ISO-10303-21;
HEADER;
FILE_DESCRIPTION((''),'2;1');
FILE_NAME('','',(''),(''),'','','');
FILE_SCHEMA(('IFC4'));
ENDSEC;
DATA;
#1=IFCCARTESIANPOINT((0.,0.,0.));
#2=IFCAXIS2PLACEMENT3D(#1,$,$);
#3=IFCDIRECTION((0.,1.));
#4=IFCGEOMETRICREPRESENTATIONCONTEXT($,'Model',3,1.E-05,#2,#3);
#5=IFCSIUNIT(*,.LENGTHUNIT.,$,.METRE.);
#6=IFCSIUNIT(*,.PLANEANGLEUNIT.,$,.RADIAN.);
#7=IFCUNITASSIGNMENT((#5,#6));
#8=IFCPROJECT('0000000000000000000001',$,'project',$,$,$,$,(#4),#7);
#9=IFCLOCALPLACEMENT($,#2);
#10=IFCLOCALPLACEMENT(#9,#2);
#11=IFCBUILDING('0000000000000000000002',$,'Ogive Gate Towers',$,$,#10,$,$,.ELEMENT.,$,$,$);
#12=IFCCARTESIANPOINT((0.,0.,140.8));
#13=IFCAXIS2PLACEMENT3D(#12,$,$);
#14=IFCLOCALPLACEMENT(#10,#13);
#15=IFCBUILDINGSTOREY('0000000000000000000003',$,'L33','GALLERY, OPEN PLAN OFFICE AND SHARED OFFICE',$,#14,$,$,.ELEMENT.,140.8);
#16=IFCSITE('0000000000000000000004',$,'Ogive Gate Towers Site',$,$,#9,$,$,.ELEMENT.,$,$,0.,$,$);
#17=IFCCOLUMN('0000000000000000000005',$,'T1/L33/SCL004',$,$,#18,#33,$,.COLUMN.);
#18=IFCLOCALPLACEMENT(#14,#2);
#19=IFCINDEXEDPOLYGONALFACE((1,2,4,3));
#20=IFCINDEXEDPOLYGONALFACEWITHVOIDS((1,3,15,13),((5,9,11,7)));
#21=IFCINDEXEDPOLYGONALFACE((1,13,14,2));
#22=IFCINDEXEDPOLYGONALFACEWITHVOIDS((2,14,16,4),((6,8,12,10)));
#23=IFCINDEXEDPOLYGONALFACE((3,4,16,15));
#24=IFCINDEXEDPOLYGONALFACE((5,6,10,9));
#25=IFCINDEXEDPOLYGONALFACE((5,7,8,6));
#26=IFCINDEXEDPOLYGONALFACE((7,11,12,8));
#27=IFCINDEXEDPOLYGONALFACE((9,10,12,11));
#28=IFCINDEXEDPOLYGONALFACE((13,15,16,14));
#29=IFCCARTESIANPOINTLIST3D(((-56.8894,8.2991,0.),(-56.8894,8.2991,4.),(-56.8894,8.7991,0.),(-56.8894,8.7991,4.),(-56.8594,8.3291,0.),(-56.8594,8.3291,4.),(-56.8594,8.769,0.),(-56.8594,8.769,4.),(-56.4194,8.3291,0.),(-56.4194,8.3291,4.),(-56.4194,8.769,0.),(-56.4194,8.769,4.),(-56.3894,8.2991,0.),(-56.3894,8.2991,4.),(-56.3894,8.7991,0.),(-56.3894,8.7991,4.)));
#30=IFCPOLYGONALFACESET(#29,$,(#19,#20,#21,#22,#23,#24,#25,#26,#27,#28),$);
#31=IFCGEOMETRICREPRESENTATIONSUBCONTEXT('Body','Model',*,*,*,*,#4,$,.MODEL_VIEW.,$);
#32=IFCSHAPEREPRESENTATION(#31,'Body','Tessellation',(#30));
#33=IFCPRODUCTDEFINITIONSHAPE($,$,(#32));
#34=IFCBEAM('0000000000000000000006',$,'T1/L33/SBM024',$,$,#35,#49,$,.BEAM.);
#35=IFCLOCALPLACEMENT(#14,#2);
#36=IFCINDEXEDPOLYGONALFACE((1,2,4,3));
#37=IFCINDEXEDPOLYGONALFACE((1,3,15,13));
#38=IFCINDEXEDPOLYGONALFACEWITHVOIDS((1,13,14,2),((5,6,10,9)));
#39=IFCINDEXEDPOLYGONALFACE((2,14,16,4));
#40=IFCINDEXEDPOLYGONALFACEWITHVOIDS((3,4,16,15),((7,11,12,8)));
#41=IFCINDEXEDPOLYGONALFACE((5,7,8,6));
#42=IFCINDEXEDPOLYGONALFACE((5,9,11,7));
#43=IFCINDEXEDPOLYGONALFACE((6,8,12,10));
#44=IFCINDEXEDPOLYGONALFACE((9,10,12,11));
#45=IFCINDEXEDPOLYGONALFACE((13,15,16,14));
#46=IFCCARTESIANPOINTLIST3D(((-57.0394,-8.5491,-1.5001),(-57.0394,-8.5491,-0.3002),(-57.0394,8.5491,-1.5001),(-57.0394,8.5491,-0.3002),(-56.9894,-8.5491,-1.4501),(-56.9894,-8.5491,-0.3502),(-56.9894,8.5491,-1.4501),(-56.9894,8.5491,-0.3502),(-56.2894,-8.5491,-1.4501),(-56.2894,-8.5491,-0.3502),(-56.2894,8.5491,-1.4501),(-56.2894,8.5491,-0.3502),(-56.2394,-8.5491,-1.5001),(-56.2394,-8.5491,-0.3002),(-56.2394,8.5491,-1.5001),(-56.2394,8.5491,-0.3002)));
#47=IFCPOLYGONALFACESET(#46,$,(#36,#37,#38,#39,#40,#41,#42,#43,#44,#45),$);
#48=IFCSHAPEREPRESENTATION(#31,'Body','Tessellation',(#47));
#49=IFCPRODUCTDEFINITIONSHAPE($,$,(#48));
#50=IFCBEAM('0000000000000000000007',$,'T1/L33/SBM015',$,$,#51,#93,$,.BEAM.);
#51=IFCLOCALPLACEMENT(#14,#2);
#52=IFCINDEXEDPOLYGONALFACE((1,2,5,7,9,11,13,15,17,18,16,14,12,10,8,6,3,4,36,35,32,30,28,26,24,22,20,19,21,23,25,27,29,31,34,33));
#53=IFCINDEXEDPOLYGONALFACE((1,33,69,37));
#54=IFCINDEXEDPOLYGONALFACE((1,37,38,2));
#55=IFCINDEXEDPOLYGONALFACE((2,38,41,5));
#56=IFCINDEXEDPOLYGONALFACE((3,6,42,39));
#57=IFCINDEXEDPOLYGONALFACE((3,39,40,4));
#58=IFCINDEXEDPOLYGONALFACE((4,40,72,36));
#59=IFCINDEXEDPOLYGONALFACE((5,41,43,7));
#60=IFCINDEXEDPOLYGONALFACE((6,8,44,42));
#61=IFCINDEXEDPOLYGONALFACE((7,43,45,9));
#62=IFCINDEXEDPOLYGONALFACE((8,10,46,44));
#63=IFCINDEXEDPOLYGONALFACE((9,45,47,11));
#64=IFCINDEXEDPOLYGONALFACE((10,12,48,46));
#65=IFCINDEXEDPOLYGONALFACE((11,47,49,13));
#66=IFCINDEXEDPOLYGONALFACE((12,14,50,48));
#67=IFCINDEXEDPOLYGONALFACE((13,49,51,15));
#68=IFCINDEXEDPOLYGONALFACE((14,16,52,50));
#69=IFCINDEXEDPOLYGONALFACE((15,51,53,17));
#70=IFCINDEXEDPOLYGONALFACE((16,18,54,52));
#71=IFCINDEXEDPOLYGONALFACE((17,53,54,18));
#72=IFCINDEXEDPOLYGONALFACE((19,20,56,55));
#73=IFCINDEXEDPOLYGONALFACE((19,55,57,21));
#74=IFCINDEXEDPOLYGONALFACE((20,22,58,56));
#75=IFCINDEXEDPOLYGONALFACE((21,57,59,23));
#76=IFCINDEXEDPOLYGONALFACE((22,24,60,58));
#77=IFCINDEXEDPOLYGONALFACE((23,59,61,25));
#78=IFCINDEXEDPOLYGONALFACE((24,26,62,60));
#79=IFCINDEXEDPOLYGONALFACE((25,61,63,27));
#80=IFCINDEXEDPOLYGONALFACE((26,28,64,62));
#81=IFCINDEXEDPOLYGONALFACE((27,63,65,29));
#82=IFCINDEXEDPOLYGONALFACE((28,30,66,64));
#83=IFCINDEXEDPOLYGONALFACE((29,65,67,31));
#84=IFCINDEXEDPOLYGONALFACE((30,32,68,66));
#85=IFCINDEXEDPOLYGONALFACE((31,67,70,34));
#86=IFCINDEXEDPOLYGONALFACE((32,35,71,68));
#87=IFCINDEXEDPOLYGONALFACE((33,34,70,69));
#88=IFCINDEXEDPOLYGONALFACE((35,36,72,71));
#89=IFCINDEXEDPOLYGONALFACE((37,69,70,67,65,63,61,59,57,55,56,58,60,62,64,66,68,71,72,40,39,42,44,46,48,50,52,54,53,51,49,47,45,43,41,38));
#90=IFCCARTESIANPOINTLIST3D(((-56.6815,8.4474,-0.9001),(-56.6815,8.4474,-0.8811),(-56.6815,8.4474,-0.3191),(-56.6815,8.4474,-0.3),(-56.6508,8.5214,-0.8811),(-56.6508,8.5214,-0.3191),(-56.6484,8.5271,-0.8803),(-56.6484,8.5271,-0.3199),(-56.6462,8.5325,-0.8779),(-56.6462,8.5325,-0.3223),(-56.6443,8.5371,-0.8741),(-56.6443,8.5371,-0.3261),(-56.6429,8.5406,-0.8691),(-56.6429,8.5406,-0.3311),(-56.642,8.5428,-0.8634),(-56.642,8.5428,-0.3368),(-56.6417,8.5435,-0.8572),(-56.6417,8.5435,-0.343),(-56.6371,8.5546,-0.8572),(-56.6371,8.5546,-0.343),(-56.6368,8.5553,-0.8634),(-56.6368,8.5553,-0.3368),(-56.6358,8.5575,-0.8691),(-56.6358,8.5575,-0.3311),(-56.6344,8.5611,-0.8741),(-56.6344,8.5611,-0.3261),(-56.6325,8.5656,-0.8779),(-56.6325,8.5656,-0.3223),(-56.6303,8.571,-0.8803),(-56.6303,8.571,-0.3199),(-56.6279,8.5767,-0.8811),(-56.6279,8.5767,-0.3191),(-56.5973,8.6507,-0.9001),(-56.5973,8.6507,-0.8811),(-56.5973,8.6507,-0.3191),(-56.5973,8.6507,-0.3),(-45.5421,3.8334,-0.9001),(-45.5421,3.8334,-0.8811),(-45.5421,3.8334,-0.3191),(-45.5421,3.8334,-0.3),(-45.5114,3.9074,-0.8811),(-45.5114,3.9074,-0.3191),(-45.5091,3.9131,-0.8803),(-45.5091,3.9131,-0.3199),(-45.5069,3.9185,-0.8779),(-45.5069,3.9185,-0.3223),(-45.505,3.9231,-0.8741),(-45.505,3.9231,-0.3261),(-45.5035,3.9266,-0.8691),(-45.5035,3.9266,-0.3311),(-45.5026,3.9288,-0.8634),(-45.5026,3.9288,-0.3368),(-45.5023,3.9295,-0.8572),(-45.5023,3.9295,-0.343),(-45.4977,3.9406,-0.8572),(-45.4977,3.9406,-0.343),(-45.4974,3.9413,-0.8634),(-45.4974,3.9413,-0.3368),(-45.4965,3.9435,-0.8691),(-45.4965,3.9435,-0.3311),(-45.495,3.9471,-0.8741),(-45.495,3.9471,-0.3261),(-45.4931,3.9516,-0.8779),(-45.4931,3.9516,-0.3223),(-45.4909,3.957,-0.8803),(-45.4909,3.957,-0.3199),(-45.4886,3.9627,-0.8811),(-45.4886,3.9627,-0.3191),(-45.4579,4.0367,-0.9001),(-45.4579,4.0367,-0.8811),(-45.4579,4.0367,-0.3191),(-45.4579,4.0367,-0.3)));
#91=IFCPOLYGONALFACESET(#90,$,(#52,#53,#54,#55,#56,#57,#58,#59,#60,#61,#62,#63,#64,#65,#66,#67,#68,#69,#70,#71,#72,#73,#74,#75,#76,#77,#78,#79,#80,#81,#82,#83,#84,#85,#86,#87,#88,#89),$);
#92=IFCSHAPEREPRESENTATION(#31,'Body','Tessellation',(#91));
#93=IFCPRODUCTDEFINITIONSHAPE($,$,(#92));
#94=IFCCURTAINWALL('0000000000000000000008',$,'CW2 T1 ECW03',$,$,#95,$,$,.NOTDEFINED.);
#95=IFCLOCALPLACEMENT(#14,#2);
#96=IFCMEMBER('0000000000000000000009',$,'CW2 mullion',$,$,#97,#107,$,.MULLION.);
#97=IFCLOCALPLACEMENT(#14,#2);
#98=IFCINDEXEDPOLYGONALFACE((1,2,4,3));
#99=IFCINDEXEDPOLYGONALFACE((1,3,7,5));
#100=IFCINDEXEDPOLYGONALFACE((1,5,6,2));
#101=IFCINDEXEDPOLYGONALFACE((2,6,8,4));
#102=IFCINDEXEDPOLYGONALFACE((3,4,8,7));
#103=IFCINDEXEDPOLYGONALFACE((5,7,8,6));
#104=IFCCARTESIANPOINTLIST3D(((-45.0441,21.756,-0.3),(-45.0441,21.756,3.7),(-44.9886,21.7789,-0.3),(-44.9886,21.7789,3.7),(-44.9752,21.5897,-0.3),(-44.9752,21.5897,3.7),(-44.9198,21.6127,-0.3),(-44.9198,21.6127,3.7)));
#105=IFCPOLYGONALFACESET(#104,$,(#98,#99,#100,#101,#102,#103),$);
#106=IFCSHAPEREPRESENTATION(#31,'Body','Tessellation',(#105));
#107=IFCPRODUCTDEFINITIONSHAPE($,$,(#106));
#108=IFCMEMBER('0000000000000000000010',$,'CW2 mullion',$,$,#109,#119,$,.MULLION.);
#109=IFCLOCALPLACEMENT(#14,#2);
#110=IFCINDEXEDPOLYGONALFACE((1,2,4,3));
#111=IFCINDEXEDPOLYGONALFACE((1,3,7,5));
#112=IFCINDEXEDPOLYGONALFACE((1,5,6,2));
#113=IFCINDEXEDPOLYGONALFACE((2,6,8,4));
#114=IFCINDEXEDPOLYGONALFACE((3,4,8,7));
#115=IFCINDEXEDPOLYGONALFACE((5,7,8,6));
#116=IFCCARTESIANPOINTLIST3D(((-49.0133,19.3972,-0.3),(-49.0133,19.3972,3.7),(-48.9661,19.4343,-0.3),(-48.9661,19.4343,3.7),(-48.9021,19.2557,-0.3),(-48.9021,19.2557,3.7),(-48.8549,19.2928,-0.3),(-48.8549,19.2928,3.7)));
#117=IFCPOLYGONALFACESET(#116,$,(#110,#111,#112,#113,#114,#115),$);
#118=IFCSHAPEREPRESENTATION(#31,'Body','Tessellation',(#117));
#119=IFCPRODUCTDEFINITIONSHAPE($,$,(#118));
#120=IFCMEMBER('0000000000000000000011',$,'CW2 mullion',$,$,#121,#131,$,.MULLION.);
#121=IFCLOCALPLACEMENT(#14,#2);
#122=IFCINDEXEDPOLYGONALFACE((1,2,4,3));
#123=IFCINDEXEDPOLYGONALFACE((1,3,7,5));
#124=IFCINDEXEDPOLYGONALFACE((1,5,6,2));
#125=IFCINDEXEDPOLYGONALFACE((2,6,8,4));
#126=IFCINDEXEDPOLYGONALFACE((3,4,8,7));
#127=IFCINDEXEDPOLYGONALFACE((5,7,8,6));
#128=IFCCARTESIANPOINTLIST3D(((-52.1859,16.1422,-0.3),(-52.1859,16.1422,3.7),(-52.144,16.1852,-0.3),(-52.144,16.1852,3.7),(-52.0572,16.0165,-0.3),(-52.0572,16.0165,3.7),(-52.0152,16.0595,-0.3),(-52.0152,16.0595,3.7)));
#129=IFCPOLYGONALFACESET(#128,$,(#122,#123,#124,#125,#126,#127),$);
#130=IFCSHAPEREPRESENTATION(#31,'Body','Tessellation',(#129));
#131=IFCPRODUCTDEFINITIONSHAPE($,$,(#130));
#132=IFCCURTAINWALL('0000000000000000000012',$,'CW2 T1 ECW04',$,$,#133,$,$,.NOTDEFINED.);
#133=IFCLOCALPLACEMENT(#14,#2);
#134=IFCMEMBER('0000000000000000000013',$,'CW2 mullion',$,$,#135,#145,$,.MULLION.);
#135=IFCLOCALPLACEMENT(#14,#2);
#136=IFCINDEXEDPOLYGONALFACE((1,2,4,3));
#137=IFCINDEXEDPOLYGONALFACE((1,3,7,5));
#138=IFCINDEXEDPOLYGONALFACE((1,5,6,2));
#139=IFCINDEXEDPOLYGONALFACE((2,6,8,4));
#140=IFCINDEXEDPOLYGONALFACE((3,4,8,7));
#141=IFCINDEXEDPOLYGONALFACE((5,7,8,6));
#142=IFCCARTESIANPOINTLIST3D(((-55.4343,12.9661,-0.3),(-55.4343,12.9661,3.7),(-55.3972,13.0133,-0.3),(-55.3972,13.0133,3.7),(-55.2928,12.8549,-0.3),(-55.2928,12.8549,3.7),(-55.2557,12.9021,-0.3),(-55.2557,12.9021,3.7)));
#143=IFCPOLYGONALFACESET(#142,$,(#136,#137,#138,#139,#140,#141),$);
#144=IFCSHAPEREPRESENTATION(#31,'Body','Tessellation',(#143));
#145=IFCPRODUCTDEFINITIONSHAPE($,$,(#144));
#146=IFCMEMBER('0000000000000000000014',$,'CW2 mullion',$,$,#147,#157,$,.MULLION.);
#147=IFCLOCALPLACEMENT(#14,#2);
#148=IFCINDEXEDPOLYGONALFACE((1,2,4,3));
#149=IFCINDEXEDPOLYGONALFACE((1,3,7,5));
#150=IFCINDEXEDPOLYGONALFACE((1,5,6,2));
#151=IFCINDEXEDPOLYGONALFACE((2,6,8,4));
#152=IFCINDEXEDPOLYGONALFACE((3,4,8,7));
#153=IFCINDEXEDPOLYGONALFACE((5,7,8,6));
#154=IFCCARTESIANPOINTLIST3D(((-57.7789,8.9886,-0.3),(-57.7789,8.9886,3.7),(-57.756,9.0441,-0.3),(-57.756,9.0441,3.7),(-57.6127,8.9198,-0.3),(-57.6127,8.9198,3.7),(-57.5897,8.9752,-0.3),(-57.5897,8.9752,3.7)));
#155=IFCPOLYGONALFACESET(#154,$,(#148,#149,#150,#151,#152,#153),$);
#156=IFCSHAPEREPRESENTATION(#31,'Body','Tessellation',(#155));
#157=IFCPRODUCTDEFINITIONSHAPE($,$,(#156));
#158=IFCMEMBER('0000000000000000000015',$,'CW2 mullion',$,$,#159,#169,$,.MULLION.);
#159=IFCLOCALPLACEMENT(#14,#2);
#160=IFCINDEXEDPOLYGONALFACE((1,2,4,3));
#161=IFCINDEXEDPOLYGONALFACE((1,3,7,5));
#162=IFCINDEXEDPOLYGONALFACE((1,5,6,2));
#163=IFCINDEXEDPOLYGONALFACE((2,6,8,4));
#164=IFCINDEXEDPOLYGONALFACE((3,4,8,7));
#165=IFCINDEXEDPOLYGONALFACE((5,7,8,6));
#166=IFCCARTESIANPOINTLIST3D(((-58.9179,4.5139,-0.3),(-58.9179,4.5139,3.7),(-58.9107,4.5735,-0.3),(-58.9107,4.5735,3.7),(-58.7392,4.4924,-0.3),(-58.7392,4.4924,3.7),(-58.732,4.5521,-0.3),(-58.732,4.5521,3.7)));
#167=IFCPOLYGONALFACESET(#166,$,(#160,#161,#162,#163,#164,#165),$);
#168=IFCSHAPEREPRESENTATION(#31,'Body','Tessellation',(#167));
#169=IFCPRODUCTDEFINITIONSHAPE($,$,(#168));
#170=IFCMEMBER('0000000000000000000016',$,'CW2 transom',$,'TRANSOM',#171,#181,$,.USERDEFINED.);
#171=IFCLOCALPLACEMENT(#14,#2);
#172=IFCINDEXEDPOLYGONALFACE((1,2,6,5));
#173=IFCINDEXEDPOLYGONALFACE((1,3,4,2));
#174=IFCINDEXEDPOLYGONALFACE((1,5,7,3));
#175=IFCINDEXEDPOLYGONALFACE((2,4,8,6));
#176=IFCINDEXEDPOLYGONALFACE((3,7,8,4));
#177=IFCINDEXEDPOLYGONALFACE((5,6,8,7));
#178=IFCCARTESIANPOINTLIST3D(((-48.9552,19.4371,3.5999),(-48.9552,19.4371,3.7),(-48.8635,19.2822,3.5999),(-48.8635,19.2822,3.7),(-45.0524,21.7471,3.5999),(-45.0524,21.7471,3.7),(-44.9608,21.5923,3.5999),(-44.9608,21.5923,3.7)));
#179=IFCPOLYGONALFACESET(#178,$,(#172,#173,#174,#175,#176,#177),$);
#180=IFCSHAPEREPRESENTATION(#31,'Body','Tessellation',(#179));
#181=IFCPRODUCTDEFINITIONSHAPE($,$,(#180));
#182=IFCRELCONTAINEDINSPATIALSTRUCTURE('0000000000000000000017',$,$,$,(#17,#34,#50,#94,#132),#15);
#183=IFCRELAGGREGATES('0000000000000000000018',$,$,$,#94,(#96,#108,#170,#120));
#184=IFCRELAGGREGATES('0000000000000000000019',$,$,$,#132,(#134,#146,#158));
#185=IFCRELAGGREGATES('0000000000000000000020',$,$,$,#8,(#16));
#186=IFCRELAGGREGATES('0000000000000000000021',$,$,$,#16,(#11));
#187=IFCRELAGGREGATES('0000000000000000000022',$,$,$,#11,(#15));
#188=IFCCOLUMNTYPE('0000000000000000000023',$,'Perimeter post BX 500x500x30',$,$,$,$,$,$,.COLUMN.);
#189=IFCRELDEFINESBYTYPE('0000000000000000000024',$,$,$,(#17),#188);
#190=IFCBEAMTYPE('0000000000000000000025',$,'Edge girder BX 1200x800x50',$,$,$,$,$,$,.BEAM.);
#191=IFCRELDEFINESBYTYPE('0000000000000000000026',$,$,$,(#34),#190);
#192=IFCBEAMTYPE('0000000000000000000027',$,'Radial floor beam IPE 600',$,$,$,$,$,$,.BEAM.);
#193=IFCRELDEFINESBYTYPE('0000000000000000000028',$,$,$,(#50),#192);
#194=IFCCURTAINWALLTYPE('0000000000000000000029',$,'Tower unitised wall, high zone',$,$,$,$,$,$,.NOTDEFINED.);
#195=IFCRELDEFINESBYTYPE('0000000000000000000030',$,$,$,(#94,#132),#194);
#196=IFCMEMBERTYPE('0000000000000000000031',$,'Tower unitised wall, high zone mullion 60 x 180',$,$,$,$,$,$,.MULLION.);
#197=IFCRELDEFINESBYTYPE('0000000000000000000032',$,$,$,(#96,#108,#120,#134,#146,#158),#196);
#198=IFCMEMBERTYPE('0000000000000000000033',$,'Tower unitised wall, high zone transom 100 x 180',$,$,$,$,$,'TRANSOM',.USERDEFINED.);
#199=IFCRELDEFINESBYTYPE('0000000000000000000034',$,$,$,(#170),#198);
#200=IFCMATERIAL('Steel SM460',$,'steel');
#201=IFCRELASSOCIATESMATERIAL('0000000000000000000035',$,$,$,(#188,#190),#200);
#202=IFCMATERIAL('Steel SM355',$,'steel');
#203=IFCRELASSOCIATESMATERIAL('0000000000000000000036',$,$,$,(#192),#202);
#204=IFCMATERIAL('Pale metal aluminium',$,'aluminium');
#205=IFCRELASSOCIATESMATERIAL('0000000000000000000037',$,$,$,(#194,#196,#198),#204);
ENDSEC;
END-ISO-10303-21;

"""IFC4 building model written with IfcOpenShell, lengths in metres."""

from ifc_helpers import new_model, si_unit, direction, frame, origin, origin_2d, place, context, subcontext, project, spatial, rectangle, hollow_rectangle, i_section, extrude, material, material_profile, profile_set, type_object, element, aggregate, save


model = new_model("IFC4")

# Units and contexts
model_context = context("Model", 3, precision=1e-05, world=origin(), true_north=direction((0.0, 1.0)))
body_context = subcontext(model_context, "Body", "Model", "MODEL_VIEW")
ifc_project = project(units=[si_unit("LENGTHUNIT", "METRE"), si_unit("PLANEANGLEUNIT", "RADIAN")], contexts=[model_context])

# Site, building, storey
site_placement = place(None, origin())
site = spatial("IfcSite", under=ifc_project, at=site_placement, Name="Ogive Gate Towers Site", CompositionType="ELEMENT", RefElevation=0.0)
building_placement = place(site_placement, origin())
building = spatial("IfcBuilding", under=site, at=building_placement, Name="Ogive Gate Towers", CompositionType="ELEMENT")
storey_placement = place(building_placement, frame((0.0, 0.0, 140.8)))
storey = spatial("IfcBuildingStorey", under=building, at=storey_placement, Name="L33", Description="GALLERY, OPEN PLAN OFFICE AND SHARED OFFICE", CompositionType="ELEMENT", Elevation=140.8)

# Column
ifc_material_1 = material(Name="Steel SM460", Category="steel")
ifc_material_profile_1 = material_profile(ifc_material_1, hollow_rectangle(XDim=0.5, YDim=0.5, WallThickness=0.03, at=origin_2d()), Name="BX 500x500x30")
ifc_profile_set_1 = profile_set([ifc_material_profile_1], Name="Steel SM460")
column_type = type_object("IfcColumnType", Name="Perimeter post BX 500x500x30", PredefinedType="COLUMN", material=ifc_profile_set_1)
column_placement = place(storey_placement, frame((-56.6394, 8.5491, 0.0), z_axis=(0.0, 0.0, 1.0), x_axis=(1.0, 0.0, 0.0)))
element("IfcColumn", 1, at=column_placement, inside=storey, type_object=column_type, Name="T1/L33/SCL004", PredefinedType="COLUMN", context=body_context, shape_type="SweptSolid", body=[
    extrude(hollow_rectangle(XDim=0.5, YDim=0.5, WallThickness=0.03, at=origin_2d()), origin(), (0.0, 0.0, 1.0), 4.0),
])

# Beams
ifc_material_profile_2 = material_profile(ifc_material_1, hollow_rectangle(XDim=0.8, YDim=1.2, WallThickness=0.05, at=origin_2d()), Name="BX 1200x800x50")
ifc_profile_set_2 = profile_set([ifc_material_profile_2], Name="Steel SM460")
beam_type_1 = type_object("IfcBeamType", Name="Edge girder BX 1200x800x50", PredefinedType="BEAM", material=ifc_profile_set_2)
beam_1_placement = place(storey_placement, frame((-56.6394, 8.5491, -0.9001), z_axis=(0.0, -1.0, 0.0), x_axis=(1.0, 0.0, 0.0)))
element("IfcBeam", 2, at=beam_1_placement, inside=storey, type_object=beam_type_1, Name="T1/L33/SBM024", PredefinedType="BEAM", context=body_context, shape_type="SweptSolid", body=[
    extrude(hollow_rectangle(XDim=0.8, YDim=1.2, WallThickness=0.05, at=origin_2d()), origin(), (0.0, 0.0, 1.0), 17.0981),
])
ifc_material_2 = material(Name="Steel SM355", Category="steel")
ifc_material_profile_3 = material_profile(ifc_material_2, i_section(OverallWidth=0.22, OverallDepth=0.6001, WebThickness=0.012, FlangeThickness=0.019, FilletRadius=0.0239, at=origin_2d()), Name="IPE 600")
ifc_profile_set_3 = profile_set([ifc_material_profile_3], Name="Steel SM355")
beam_type_2 = type_object("IfcBeamType", Name="Radial floor beam IPE 600", PredefinedType="BEAM", material=ifc_profile_set_3)
beam_2_placement = place(storey_placement, frame((-45.5, 3.9351, -0.6001), z_axis=(-0.923882, 0.382678, 0.0), x_axis=(-0.382678, -0.923882, 0.0)))
element("IfcBeam", 3, at=beam_2_placement, inside=storey, type_object=beam_type_2, Name="T1/L33/SBM015", PredefinedType="BEAM", context=body_context, shape_type="SweptSolid", body=[
    extrude(i_section(OverallWidth=0.22, OverallDepth=0.6001, WebThickness=0.012, FlangeThickness=0.019, FilletRadius=0.0239, at=origin_2d()), origin(), (0.0, 0.0, 1.0), 12.0571),
])

# Curtain walls, members
ifc_material_3 = material(Name="Pale metal aluminium", Category="aluminium")
curtain_wall_type = type_object("IfcCurtainWallType", Name="Tower unitised wall, high zone", PredefinedType="NOTDEFINED", material=ifc_material_3)
curtain_wall_1_placement = place(storey_placement, origin())
curtain_wall_1 = element("IfcCurtainWall", 4, at=curtain_wall_1_placement, inside=storey, type_object=curtain_wall_type, Name="CW2 T1 ECW03", PredefinedType="NOTDEFINED")
ifc_material_profile_4 = material_profile(ifc_material_3, rectangle(XDim=0.1799, YDim=0.0601, at=origin_2d()), Name="60 x 180 aluminium box")
ifc_profile_set_4 = profile_set([ifc_material_profile_4], Name="Pale metal aluminium")
member_type_1 = type_object("IfcMemberType", Name="Tower unitised wall, high zone mullion 60 x 180", PredefinedType="MULLION", material=ifc_profile_set_4)
member_1_placement = place(storey_placement, frame((-44.9819, 21.6843, -0.3), z_axis=(0.0, 0.0, 1.0), x_axis=(-0.382683, 0.92388, 0.0)))
member_1 = element("IfcMember", 5, at=member_1_placement, type_object=member_type_1, Name="CW2 mullion", PredefinedType="MULLION", context=body_context, shape_type="SweptSolid", body=[
    extrude(rectangle(XDim=0.1799, YDim=0.0601, at=origin_2d()), origin(), (0.0, 0.0, 1.0), 4.0),
])
member_2_placement = place(storey_placement, frame((-48.9341, 19.345, -0.3), z_axis=(0.0, 0.0, 1.0), x_axis=(-0.617818, 0.786321, 0.0)))
member_2 = element("IfcMember", 6, at=member_2_placement, type_object=member_type_1, Name="CW2 mullion", PredefinedType="MULLION", context=body_context, shape_type="SweptSolid", body=[
    extrude(rectangle(XDim=0.1799, YDim=0.0601, at=origin_2d()), origin(), (0.0, 0.0, 1.0), 4.0),
])
member_3_placement = place(storey_placement, frame((-52.1006, 16.1008, -0.3), z_axis=(0.0, 0.0, 1.0), x_axis=(-0.715595, 0.698515, 0.0)))
member_3 = element("IfcMember", 7, at=member_3_placement, type_object=member_type_1, Name="CW2 mullion", PredefinedType="MULLION", context=body_context, shape_type="SweptSolid", body=[
    extrude(rectangle(XDim=0.1799, YDim=0.0601, at=origin_2d()), origin(), (0.0, 0.0, 1.0), 4.0),
])
curtain_wall_2_placement = place(storey_placement, origin())
curtain_wall_2 = element("IfcCurtainWall", 8, at=curtain_wall_2_placement, inside=storey, type_object=curtain_wall_type, Name="CW2 T1 ECW04", PredefinedType="NOTDEFINED")
member_4_placement = place(storey_placement, frame((-55.345, 12.9341, -0.3), z_axis=(0.0, 0.0, 1.0), x_axis=(-0.786321, 0.617818, 0.0)))
member_4 = element("IfcMember", 9, at=member_4_placement, type_object=member_type_1, Name="CW2 mullion", PredefinedType="MULLION", context=body_context, shape_type="SweptSolid", body=[
    extrude(rectangle(XDim=0.1799, YDim=0.0601, at=origin_2d()), origin(), (0.0, 0.0, 1.0), 4.0),
])
member_5_placement = place(storey_placement, frame((-57.6843, 8.9819, -0.3), z_axis=(0.0, 0.0, 1.0), x_axis=(-0.92388, 0.382683, 0.0)))
member_5 = element("IfcMember", 10, at=member_5_placement, type_object=member_type_1, Name="CW2 mullion", PredefinedType="MULLION", context=body_context, shape_type="SweptSolid", body=[
    extrude(rectangle(XDim=0.1799, YDim=0.0601, at=origin_2d()), origin(), (0.0, 0.0, 1.0), 4.0),
])
member_6_placement = place(storey_placement, frame((-58.825, 4.533, -0.3), z_axis=(0.0, 0.0, 1.0), x_axis=(-0.992876, 0.119149, 0.0)))
member_6 = element("IfcMember", 11, at=member_6_placement, type_object=member_type_1, Name="CW2 mullion", PredefinedType="MULLION", context=body_context, shape_type="SweptSolid", body=[
    extrude(rectangle(XDim=0.1799, YDim=0.0601, at=origin_2d()), origin(), (0.0, 0.0, 1.0), 4.0),
])

# Member
ifc_material_profile_5 = material_profile(ifc_material_3, rectangle(XDim=0.1799, YDim=0.1001, at=origin_2d()), Name="100 x 180 aluminium box")
ifc_profile_set_5 = profile_set([ifc_material_profile_5], Name="Pale metal aluminium")
member_type_2 = type_object("IfcMemberType", Name="Tower unitised wall, high zone transom 100 x 180", ElementType="TRANSOM", PredefinedType="USERDEFINED", material=ifc_profile_set_5)
member_7_placement = place(storey_placement, frame((-45.0066, 21.6697, 3.6499), z_axis=(-0.860555, -0.509357, 0.0), x_axis=(0.509357, -0.860555, 0.0)))
member_7 = element("IfcMember", 12, at=member_7_placement, type_object=member_type_2, Name="CW2 transom", ObjectType="TRANSOM", PredefinedType="USERDEFINED", context=body_context, shape_type="SweptSolid", body=[
    extrude(rectangle(XDim=0.1799, YDim=0.1001, at=origin_2d()), origin(), (0.0, 0.0, 1.0), 4.5352),
])

aggregate(curtain_wall_1, [member_1, member_2, member_7, member_3])
aggregate(curtain_wall_2, [member_4, member_5, member_6])

save(model, "model.ifc")
